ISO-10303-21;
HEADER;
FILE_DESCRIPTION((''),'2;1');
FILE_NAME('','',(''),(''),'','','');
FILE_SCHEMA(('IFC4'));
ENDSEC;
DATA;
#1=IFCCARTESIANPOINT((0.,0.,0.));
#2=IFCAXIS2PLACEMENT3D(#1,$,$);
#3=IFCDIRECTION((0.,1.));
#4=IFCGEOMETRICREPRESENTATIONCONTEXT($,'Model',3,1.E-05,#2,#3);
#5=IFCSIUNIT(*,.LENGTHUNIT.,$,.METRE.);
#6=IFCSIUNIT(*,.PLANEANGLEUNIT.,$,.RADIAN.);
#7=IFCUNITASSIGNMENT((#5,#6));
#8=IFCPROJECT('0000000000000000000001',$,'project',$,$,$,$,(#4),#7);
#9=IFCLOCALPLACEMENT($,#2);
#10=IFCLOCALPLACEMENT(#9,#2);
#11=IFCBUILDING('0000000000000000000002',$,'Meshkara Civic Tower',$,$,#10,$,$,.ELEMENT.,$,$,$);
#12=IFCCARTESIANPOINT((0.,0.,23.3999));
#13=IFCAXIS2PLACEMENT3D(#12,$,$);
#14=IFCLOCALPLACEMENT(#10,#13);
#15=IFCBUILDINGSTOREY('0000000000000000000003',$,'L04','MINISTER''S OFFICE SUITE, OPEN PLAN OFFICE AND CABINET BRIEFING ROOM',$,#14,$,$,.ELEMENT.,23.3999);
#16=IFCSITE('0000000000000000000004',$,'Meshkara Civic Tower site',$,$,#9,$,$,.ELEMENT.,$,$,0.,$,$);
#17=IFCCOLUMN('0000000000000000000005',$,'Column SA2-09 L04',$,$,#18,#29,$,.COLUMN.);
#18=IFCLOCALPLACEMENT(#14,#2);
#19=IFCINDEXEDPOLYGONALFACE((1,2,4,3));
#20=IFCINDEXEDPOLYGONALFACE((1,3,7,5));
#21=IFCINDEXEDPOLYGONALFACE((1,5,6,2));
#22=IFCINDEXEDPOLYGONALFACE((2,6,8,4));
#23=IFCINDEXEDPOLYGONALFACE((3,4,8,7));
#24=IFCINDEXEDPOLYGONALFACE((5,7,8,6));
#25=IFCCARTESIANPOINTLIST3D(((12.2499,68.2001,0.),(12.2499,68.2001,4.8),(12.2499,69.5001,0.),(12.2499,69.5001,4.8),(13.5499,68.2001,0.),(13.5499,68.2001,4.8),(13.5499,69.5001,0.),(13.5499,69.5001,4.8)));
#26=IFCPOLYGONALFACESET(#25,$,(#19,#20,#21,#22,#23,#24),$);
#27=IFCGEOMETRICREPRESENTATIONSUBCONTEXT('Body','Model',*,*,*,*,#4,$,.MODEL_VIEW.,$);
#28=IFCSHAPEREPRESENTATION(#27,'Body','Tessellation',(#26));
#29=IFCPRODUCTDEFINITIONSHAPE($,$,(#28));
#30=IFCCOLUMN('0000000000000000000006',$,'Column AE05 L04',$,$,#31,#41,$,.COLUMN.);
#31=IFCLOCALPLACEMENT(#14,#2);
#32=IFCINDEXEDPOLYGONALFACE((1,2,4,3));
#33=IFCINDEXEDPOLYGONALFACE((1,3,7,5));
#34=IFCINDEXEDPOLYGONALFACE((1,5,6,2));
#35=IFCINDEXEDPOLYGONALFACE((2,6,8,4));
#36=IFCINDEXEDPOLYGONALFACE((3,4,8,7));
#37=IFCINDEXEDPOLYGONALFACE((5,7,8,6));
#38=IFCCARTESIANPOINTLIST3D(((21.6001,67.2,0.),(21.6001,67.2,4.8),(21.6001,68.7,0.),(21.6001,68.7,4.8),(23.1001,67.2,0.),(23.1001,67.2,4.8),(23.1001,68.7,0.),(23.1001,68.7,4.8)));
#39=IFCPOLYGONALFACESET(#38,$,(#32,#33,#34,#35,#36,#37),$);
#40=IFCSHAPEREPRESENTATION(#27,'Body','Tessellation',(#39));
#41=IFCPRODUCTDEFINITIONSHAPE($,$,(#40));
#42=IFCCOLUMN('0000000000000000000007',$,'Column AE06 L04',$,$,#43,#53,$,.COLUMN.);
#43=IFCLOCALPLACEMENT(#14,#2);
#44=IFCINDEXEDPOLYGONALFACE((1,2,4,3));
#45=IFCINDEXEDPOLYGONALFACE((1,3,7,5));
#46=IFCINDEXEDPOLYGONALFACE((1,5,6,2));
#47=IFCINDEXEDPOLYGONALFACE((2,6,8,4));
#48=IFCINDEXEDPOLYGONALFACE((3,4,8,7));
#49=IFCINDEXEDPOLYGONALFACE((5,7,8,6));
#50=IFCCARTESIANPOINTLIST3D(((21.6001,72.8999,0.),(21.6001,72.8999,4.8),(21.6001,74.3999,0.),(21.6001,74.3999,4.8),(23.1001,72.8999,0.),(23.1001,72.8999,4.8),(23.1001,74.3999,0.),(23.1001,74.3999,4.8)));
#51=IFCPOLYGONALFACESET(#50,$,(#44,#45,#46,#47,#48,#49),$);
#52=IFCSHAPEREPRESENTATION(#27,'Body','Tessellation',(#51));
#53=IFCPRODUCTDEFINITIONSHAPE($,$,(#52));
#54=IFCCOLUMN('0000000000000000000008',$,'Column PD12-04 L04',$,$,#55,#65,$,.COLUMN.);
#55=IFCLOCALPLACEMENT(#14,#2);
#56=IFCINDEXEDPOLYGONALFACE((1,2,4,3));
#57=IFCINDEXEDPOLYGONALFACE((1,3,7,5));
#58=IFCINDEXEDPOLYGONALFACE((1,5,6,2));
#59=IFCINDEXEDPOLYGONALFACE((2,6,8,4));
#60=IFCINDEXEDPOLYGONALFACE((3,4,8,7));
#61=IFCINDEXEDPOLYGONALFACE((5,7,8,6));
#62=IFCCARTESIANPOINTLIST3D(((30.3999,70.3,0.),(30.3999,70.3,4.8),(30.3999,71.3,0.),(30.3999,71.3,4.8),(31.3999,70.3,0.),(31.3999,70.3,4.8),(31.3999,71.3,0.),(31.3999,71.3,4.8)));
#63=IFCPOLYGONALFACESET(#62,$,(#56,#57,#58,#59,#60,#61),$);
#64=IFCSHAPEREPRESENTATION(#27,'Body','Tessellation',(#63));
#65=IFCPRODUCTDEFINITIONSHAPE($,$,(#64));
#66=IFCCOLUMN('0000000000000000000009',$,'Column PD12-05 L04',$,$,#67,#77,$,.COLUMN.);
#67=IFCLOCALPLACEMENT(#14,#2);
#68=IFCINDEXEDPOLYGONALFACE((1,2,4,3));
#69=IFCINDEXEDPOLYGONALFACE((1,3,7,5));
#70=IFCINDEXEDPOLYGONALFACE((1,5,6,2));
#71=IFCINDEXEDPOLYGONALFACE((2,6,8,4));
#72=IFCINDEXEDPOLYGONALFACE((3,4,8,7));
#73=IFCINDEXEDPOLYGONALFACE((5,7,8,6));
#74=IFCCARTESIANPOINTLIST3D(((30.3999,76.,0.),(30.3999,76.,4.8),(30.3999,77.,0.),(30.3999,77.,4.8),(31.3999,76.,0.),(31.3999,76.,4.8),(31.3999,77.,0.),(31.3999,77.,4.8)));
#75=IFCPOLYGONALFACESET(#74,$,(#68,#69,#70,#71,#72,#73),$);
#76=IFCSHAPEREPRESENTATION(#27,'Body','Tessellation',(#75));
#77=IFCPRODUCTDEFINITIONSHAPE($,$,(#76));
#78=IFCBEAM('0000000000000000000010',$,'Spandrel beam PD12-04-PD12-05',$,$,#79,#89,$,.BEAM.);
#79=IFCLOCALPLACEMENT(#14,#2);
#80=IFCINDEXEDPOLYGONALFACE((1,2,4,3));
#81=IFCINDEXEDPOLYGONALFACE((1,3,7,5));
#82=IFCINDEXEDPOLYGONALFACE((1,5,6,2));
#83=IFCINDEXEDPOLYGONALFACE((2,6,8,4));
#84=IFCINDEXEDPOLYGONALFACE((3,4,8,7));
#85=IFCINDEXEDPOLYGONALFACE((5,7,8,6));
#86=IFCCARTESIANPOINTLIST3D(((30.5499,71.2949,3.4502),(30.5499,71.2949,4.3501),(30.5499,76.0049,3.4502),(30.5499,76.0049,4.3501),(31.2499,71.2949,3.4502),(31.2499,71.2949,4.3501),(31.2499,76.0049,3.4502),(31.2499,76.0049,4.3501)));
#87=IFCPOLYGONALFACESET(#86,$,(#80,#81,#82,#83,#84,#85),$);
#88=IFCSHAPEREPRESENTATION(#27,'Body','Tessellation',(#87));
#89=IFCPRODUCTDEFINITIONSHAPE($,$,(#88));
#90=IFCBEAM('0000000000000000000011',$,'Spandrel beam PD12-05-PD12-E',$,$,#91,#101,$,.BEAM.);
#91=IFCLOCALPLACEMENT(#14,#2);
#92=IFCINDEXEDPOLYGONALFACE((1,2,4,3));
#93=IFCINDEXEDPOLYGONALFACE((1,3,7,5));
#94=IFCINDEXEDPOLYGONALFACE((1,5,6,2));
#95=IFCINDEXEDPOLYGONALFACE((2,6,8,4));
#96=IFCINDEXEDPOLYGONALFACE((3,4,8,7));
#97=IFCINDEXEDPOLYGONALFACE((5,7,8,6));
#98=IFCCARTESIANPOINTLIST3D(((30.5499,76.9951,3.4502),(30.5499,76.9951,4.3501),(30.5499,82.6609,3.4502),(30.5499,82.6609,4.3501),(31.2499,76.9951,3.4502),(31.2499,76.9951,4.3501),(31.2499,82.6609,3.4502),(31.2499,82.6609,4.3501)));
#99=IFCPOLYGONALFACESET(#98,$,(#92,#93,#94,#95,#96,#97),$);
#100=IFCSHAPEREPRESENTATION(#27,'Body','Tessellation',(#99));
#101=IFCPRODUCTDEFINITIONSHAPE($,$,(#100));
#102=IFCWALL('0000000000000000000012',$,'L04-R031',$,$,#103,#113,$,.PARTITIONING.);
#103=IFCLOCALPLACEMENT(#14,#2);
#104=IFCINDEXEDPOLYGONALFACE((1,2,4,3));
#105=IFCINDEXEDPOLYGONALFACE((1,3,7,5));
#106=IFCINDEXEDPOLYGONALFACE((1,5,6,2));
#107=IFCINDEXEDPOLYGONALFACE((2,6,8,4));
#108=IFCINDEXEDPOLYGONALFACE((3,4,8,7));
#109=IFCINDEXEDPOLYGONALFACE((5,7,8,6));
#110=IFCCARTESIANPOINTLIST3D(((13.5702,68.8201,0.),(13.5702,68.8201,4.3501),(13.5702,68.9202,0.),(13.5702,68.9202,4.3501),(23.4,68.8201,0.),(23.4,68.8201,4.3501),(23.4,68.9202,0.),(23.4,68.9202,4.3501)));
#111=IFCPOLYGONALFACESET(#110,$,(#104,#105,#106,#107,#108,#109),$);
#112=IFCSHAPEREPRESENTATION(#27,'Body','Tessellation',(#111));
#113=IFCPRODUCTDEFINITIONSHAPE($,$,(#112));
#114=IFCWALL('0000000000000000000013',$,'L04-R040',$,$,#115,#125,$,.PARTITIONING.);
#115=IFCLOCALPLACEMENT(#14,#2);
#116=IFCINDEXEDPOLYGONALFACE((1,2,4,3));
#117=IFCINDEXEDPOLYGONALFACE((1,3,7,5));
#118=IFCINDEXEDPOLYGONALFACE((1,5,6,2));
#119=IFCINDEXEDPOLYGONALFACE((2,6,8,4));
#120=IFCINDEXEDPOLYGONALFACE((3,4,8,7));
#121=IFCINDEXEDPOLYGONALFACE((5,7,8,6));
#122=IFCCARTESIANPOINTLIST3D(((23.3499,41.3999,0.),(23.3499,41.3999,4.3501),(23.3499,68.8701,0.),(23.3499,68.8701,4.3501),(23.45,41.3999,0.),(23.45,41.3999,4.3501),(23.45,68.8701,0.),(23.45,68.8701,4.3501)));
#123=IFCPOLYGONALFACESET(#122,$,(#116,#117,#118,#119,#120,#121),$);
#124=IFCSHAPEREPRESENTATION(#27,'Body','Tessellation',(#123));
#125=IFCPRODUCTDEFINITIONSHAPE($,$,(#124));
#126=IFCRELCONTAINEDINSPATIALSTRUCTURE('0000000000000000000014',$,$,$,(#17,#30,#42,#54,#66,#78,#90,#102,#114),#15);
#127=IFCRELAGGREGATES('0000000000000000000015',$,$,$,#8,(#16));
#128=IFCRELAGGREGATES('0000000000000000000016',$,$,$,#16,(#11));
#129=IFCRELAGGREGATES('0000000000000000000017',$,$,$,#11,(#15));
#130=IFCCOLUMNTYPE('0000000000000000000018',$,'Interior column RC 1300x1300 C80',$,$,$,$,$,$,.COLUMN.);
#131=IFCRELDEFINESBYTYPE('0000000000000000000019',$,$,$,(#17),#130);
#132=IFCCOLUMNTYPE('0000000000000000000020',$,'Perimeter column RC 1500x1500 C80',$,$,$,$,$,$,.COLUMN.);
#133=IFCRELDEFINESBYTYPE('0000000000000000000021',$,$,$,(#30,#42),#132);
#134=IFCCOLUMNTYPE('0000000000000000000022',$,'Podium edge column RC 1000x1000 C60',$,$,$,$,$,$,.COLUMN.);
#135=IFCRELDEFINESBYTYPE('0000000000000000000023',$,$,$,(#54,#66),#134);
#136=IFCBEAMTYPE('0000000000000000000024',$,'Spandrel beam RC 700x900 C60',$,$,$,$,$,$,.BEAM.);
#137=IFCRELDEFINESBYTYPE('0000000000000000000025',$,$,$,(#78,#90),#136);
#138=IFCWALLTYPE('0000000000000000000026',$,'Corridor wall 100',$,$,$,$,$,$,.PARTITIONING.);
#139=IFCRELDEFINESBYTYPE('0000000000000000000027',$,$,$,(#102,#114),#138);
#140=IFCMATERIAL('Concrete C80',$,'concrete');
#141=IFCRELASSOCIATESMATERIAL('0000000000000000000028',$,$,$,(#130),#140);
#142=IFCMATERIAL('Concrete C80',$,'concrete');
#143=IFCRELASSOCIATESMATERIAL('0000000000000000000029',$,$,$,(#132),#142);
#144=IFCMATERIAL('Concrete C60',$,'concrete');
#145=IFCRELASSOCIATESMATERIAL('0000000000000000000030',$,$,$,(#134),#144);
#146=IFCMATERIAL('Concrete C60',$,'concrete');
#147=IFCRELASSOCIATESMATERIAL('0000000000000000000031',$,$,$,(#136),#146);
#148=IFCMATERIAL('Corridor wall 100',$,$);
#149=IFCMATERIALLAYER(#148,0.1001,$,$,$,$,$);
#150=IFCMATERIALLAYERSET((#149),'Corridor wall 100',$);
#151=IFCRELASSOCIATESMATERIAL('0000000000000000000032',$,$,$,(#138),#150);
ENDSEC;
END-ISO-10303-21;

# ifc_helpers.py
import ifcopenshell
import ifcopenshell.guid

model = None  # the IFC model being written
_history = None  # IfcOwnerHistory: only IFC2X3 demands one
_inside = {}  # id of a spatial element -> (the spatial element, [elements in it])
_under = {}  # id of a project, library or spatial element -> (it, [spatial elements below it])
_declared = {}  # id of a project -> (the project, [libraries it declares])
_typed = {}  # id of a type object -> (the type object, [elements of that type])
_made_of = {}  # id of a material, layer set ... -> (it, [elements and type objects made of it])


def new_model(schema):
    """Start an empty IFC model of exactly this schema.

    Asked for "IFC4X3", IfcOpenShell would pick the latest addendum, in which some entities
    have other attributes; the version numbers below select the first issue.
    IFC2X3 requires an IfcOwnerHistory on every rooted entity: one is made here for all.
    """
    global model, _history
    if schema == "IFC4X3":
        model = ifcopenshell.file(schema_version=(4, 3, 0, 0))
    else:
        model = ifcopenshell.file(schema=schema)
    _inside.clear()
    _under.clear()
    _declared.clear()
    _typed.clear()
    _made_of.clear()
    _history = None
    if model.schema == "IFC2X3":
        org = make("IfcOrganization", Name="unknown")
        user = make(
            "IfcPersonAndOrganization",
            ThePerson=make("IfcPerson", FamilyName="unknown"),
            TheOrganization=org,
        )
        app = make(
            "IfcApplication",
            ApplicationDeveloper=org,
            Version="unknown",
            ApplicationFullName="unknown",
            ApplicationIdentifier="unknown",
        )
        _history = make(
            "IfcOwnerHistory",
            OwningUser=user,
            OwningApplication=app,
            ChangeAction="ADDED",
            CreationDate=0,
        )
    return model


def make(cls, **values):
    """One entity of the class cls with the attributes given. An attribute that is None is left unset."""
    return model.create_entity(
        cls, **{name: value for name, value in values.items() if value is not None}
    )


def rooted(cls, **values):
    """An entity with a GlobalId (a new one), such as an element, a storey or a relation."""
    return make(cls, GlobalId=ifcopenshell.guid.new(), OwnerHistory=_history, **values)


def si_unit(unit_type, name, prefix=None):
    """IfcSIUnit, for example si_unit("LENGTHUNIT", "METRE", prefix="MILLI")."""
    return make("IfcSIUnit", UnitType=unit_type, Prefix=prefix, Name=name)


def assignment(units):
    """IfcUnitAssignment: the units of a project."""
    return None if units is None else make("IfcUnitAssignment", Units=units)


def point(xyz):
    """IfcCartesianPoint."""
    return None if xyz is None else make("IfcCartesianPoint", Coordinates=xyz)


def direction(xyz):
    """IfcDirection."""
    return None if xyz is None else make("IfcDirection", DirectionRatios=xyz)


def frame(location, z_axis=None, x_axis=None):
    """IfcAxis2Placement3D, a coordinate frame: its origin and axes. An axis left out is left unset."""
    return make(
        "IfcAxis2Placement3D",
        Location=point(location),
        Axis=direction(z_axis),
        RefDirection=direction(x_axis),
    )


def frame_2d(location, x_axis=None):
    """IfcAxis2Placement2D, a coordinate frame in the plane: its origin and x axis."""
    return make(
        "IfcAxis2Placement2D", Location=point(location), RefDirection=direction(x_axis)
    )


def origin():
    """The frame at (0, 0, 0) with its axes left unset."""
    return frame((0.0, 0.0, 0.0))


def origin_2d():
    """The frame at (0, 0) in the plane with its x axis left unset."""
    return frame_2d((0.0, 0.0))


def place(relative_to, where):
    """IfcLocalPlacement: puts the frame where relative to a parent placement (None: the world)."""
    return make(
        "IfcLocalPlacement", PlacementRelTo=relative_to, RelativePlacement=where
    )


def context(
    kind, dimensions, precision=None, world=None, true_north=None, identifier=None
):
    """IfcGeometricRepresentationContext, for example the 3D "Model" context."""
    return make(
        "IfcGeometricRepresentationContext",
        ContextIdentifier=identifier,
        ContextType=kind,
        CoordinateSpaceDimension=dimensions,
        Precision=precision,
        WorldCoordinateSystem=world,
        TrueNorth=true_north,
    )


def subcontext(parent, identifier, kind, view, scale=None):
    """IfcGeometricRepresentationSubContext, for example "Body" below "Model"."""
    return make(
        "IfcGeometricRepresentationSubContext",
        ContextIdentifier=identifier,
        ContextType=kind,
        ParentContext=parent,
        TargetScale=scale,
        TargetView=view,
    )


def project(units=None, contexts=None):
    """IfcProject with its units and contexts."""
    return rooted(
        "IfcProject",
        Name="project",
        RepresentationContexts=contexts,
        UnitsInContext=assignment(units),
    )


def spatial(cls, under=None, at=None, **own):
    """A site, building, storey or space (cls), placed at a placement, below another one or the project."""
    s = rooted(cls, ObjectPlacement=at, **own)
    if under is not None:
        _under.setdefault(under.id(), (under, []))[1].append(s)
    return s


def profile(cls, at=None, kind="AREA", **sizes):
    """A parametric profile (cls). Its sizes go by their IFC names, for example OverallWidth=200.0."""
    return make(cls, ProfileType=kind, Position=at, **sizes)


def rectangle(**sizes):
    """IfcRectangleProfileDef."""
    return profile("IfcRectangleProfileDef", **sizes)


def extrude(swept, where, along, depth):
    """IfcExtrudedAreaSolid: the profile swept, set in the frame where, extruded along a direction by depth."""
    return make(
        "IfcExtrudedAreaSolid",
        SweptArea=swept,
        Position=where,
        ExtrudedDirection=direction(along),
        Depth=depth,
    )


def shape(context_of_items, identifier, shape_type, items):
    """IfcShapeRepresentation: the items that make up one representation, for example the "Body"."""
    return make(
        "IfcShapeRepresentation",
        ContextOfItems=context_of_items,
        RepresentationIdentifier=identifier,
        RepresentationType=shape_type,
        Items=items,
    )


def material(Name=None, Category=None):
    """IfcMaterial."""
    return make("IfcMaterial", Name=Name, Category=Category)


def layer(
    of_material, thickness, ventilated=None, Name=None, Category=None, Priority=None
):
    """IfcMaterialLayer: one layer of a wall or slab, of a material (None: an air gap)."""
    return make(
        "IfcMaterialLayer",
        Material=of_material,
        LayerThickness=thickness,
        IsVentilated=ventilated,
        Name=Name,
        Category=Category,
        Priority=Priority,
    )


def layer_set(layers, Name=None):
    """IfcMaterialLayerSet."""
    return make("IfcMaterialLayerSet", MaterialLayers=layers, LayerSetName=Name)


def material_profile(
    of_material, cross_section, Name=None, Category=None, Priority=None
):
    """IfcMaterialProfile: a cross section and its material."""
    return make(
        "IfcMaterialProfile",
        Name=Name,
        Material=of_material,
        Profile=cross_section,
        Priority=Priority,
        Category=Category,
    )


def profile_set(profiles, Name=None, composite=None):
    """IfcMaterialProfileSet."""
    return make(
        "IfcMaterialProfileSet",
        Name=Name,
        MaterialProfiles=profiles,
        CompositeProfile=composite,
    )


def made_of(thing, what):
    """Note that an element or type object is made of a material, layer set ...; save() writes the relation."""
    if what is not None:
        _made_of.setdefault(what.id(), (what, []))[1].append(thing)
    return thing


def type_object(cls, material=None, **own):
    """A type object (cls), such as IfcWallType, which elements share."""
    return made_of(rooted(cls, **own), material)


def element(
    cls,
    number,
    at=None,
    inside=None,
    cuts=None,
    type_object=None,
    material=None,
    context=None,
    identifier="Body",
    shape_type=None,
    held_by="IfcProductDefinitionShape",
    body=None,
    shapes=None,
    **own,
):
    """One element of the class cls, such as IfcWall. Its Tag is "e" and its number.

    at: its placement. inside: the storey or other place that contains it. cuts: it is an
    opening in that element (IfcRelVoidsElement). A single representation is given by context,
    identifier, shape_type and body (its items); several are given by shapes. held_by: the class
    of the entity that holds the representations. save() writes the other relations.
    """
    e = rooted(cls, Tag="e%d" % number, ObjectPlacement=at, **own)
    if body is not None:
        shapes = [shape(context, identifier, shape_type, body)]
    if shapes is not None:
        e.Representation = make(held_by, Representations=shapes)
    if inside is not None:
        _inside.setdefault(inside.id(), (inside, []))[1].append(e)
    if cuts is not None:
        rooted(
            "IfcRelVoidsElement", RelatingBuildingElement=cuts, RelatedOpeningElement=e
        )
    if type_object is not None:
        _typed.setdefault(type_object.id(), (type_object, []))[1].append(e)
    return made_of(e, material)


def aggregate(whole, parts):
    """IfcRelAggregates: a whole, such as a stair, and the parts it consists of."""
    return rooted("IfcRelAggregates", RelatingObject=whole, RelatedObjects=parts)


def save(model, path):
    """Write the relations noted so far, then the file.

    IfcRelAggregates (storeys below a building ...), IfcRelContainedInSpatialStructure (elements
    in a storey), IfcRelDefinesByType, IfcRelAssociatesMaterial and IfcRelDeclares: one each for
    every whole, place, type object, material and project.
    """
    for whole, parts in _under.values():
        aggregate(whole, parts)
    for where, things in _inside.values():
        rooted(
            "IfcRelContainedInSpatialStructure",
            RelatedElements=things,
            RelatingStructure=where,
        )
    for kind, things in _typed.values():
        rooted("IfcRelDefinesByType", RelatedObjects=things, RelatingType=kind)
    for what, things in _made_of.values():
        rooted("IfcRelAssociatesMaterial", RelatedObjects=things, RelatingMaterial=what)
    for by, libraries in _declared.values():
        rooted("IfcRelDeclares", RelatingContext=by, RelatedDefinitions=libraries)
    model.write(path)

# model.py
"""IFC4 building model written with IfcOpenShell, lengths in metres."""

from ifc_helpers import new_model, si_unit, direction, frame, frame_2d, origin, origin_2d, place, context, subcontext, project, spatial, rectangle, extrude, material, layer, layer_set, material_profile, profile_set, type_object, element, save


model = new_model("IFC4")

# Units and contexts
model_context = context("Model", 3, precision=1e-05, world=origin(), true_north=direction((0.0, 1.0)))
body_context = subcontext(model_context, "Body", "Model", "MODEL_VIEW")
ifc_project = project(units=[si_unit("LENGTHUNIT", "METRE"), si_unit("PLANEANGLEUNIT", "RADIAN")], contexts=[model_context])

# Site, building, storey
site_placement = place(None, origin())
site = spatial("IfcSite", under=ifc_project, at=site_placement, Name="Meshkara Civic Tower site", CompositionType="ELEMENT", RefElevation=0.0)
building_placement = place(site_placement, origin())
building = spatial("IfcBuilding", under=site, at=building_placement, Name="Meshkara Civic Tower", CompositionType="ELEMENT")
storey_placement = place(building_placement, frame((0.0, 0.0, 23.3999)))
storey = spatial("IfcBuildingStorey", under=building, at=storey_placement, Name="L04", Description="MINISTER'S OFFICE SUITE, OPEN PLAN OFFICE AND CABINET BRIEFING ROOM", CompositionType="ELEMENT", Elevation=23.3999)

# Columns
ifc_material_1 = material(Name="Concrete C80", Category="concrete")
ifc_material_profile_1 = material_profile(ifc_material_1, rectangle(XDim=1.3, YDim=1.3, at=origin_2d()))
ifc_profile_set_1 = profile_set([ifc_material_profile_1], Name="Concrete C80")
column_type_1 = type_object("IfcColumnType", Name="Interior column RC 1300x1300 C80", PredefinedType="COLUMN", material=ifc_profile_set_1)
column_placement = place(storey_placement, frame((12.8999, 68.8501, 0.0), z_axis=(0.0, 0.0, 1.0), x_axis=(1.0, 0.0, 0.0)))
element("IfcColumn", 1, at=column_placement, inside=storey, type_object=column_type_1, Name="Column SA2-09 L04", PredefinedType="COLUMN", context=body_context, shape_type="SweptSolid", body=[
    extrude(rectangle(XDim=1.3, YDim=1.3, at=origin_2d()), origin(), (0.0, 0.0, 1.0), 4.8),
])
ifc_material_2 = material(Name="Concrete C80", Category="concrete")
ifc_material_profile_2 = material_profile(ifc_material_2, rectangle(XDim=1.5, YDim=1.5, at=origin_2d()))
ifc_profile_set_2 = profile_set([ifc_material_profile_2], Name="Concrete C80")
column_type_2 = type_object("IfcColumnType", Name="Perimeter column RC 1500x1500 C80", PredefinedType="COLUMN", material=ifc_profile_set_2)
for number, where, z_axis, x_axis, name in (
    (2, (22.3501, 67.95, 0.0), (0.0, 0.0, 1.0), (1.0, 0.0, 0.0), "Column AE05 L04"),
    (3, (22.3501, 73.6499, 0.0), (0.0, 0.0, 1.0), (1.0, 0.0, 0.0), "Column AE06 L04"),
):
    element("IfcColumn", number, at=place(storey_placement, frame(where, z_axis=z_axis, x_axis=x_axis)), inside=storey, type_object=column_type_2, Name=name, PredefinedType="COLUMN", context=body_context, shape_type="SweptSolid", body=[
        extrude(rectangle(XDim=1.5, YDim=1.5, at=origin_2d()), origin(), (0.0, 0.0, 1.0), 4.8),
    ])
ifc_material_3 = material(Name="Concrete C60", Category="concrete")
ifc_material_profile_3 = material_profile(ifc_material_3, rectangle(XDim=1.0, YDim=1.0, at=origin_2d()))
ifc_profile_set_3 = profile_set([ifc_material_profile_3], Name="Concrete C60")
column_type_3 = type_object("IfcColumnType", Name="Podium edge column RC 1000x1000 C60", PredefinedType="COLUMN", material=ifc_profile_set_3)
for number, where, z_axis, x_axis, name in (
    (4, (30.8999, 70.8, 0.0), (0.0, 0.0, 1.0), (1.0, 0.0, 0.0), "Column PD12-04 L04"),
    (5, (30.8999, 76.5, 0.0), (0.0, 0.0, 1.0), (1.0, 0.0, 0.0), "Column PD12-05 L04"),
):
    element("IfcColumn", number, at=place(storey_placement, frame(where, z_axis=z_axis, x_axis=x_axis)), inside=storey, type_object=column_type_3, Name=name, PredefinedType="COLUMN", context=body_context, shape_type="SweptSolid", body=[
        extrude(rectangle(XDim=1.0, YDim=1.0, at=origin_2d()), origin(), (0.0, 0.0, 1.0), 4.8),
    ])

# Beams
ifc_material_4 = material(Name="Concrete C60", Category="concrete")
ifc_material_profile_4 = material_profile(ifc_material_4, rectangle(XDim=0.7, YDim=0.8999, at=origin_2d()))
ifc_profile_set_4 = profile_set([ifc_material_profile_4], Name="Concrete C60")
beam_type = type_object("IfcBeamType", Name="Spandrel beam RC 700x900 C60", PredefinedType="BEAM", material=ifc_profile_set_4)
beam_1_placement = place(storey_placement, frame((30.8999, 71.2949, 3.9001), z_axis=(0.0, 1.0, 0.0), x_axis=(-1.0, 0.0, 0.0)))
element("IfcBeam", 6, at=beam_1_placement, inside=storey, type_object=beam_type, Name="Spandrel beam PD12-04-PD12-05", PredefinedType="BEAM", context=body_context, shape_type="SweptSolid", body=[
    extrude(rectangle(XDim=0.7, YDim=0.8999, at=origin_2d()), origin(), (0.0, 0.0, 1.0), 4.71),
])
beam_2_placement = place(storey_placement, frame((30.8999, 76.9951, 3.9001), z_axis=(0.0, 1.0, 0.0), x_axis=(-1.0, 0.0, 0.0)))
element("IfcBeam", 7, at=beam_2_placement, inside=storey, type_object=beam_type, Name="Spandrel beam PD12-05-PD12-E", PredefinedType="BEAM", context=body_context, shape_type="SweptSolid", body=[
    extrude(rectangle(XDim=0.7, YDim=0.8999, at=origin_2d()), origin(), (0.0, 0.0, 1.0), 5.6658),
])

# Walls
ifc_material_5 = material(Name="Corridor wall 100")
ifc_layer_1 = layer(ifc_material_5, 0.1001)
ifc_layer_set_1 = layer_set([ifc_layer_1], Name="Corridor wall 100")
wall_type_1 = type_object("IfcWallType", Name="Corridor wall 100", PredefinedType="PARTITIONING", material=ifc_layer_set_1)
wall_1_placement = place(storey_placement, frame((13.5701, 68.8701, 0.0), z_axis=(0.0, 0.0, 1.0), x_axis=(1.0, 0.0, 0.0)))
element("IfcWall", 8, at=wall_1_placement, inside=storey, type_object=wall_type_1, Name="L04-R031", PredefinedType="PARTITIONING", context=body_context, shape_type="SweptSolid", body=[
    extrude(rectangle(XDim=9.8298, YDim=0.1001, at=frame_2d((4.915, 0.0))), origin(), (0.0, 0.0, 1.0), 4.3501),
])
wall_2_placement = place(storey_placement, frame((23.3999, 68.8701, 0.0), z_axis=(0.0, 0.0, 1.0), x_axis=(0.0, -1.0, 0.0)))
element("IfcWall", 9, at=wall_2_placement, inside=storey, type_object=wall_type_1, Name="L04-R040", PredefinedType="PARTITIONING", context=body_context, shape_type="SweptSolid", body=[
    extrude(rectangle(XDim=27.4702, YDim=0.1001, at=frame_2d((13.7351, 0.0))), origin(), (0.0, 0.0, 1.0), 4.3501),
])

save(model, "model.ifc")
